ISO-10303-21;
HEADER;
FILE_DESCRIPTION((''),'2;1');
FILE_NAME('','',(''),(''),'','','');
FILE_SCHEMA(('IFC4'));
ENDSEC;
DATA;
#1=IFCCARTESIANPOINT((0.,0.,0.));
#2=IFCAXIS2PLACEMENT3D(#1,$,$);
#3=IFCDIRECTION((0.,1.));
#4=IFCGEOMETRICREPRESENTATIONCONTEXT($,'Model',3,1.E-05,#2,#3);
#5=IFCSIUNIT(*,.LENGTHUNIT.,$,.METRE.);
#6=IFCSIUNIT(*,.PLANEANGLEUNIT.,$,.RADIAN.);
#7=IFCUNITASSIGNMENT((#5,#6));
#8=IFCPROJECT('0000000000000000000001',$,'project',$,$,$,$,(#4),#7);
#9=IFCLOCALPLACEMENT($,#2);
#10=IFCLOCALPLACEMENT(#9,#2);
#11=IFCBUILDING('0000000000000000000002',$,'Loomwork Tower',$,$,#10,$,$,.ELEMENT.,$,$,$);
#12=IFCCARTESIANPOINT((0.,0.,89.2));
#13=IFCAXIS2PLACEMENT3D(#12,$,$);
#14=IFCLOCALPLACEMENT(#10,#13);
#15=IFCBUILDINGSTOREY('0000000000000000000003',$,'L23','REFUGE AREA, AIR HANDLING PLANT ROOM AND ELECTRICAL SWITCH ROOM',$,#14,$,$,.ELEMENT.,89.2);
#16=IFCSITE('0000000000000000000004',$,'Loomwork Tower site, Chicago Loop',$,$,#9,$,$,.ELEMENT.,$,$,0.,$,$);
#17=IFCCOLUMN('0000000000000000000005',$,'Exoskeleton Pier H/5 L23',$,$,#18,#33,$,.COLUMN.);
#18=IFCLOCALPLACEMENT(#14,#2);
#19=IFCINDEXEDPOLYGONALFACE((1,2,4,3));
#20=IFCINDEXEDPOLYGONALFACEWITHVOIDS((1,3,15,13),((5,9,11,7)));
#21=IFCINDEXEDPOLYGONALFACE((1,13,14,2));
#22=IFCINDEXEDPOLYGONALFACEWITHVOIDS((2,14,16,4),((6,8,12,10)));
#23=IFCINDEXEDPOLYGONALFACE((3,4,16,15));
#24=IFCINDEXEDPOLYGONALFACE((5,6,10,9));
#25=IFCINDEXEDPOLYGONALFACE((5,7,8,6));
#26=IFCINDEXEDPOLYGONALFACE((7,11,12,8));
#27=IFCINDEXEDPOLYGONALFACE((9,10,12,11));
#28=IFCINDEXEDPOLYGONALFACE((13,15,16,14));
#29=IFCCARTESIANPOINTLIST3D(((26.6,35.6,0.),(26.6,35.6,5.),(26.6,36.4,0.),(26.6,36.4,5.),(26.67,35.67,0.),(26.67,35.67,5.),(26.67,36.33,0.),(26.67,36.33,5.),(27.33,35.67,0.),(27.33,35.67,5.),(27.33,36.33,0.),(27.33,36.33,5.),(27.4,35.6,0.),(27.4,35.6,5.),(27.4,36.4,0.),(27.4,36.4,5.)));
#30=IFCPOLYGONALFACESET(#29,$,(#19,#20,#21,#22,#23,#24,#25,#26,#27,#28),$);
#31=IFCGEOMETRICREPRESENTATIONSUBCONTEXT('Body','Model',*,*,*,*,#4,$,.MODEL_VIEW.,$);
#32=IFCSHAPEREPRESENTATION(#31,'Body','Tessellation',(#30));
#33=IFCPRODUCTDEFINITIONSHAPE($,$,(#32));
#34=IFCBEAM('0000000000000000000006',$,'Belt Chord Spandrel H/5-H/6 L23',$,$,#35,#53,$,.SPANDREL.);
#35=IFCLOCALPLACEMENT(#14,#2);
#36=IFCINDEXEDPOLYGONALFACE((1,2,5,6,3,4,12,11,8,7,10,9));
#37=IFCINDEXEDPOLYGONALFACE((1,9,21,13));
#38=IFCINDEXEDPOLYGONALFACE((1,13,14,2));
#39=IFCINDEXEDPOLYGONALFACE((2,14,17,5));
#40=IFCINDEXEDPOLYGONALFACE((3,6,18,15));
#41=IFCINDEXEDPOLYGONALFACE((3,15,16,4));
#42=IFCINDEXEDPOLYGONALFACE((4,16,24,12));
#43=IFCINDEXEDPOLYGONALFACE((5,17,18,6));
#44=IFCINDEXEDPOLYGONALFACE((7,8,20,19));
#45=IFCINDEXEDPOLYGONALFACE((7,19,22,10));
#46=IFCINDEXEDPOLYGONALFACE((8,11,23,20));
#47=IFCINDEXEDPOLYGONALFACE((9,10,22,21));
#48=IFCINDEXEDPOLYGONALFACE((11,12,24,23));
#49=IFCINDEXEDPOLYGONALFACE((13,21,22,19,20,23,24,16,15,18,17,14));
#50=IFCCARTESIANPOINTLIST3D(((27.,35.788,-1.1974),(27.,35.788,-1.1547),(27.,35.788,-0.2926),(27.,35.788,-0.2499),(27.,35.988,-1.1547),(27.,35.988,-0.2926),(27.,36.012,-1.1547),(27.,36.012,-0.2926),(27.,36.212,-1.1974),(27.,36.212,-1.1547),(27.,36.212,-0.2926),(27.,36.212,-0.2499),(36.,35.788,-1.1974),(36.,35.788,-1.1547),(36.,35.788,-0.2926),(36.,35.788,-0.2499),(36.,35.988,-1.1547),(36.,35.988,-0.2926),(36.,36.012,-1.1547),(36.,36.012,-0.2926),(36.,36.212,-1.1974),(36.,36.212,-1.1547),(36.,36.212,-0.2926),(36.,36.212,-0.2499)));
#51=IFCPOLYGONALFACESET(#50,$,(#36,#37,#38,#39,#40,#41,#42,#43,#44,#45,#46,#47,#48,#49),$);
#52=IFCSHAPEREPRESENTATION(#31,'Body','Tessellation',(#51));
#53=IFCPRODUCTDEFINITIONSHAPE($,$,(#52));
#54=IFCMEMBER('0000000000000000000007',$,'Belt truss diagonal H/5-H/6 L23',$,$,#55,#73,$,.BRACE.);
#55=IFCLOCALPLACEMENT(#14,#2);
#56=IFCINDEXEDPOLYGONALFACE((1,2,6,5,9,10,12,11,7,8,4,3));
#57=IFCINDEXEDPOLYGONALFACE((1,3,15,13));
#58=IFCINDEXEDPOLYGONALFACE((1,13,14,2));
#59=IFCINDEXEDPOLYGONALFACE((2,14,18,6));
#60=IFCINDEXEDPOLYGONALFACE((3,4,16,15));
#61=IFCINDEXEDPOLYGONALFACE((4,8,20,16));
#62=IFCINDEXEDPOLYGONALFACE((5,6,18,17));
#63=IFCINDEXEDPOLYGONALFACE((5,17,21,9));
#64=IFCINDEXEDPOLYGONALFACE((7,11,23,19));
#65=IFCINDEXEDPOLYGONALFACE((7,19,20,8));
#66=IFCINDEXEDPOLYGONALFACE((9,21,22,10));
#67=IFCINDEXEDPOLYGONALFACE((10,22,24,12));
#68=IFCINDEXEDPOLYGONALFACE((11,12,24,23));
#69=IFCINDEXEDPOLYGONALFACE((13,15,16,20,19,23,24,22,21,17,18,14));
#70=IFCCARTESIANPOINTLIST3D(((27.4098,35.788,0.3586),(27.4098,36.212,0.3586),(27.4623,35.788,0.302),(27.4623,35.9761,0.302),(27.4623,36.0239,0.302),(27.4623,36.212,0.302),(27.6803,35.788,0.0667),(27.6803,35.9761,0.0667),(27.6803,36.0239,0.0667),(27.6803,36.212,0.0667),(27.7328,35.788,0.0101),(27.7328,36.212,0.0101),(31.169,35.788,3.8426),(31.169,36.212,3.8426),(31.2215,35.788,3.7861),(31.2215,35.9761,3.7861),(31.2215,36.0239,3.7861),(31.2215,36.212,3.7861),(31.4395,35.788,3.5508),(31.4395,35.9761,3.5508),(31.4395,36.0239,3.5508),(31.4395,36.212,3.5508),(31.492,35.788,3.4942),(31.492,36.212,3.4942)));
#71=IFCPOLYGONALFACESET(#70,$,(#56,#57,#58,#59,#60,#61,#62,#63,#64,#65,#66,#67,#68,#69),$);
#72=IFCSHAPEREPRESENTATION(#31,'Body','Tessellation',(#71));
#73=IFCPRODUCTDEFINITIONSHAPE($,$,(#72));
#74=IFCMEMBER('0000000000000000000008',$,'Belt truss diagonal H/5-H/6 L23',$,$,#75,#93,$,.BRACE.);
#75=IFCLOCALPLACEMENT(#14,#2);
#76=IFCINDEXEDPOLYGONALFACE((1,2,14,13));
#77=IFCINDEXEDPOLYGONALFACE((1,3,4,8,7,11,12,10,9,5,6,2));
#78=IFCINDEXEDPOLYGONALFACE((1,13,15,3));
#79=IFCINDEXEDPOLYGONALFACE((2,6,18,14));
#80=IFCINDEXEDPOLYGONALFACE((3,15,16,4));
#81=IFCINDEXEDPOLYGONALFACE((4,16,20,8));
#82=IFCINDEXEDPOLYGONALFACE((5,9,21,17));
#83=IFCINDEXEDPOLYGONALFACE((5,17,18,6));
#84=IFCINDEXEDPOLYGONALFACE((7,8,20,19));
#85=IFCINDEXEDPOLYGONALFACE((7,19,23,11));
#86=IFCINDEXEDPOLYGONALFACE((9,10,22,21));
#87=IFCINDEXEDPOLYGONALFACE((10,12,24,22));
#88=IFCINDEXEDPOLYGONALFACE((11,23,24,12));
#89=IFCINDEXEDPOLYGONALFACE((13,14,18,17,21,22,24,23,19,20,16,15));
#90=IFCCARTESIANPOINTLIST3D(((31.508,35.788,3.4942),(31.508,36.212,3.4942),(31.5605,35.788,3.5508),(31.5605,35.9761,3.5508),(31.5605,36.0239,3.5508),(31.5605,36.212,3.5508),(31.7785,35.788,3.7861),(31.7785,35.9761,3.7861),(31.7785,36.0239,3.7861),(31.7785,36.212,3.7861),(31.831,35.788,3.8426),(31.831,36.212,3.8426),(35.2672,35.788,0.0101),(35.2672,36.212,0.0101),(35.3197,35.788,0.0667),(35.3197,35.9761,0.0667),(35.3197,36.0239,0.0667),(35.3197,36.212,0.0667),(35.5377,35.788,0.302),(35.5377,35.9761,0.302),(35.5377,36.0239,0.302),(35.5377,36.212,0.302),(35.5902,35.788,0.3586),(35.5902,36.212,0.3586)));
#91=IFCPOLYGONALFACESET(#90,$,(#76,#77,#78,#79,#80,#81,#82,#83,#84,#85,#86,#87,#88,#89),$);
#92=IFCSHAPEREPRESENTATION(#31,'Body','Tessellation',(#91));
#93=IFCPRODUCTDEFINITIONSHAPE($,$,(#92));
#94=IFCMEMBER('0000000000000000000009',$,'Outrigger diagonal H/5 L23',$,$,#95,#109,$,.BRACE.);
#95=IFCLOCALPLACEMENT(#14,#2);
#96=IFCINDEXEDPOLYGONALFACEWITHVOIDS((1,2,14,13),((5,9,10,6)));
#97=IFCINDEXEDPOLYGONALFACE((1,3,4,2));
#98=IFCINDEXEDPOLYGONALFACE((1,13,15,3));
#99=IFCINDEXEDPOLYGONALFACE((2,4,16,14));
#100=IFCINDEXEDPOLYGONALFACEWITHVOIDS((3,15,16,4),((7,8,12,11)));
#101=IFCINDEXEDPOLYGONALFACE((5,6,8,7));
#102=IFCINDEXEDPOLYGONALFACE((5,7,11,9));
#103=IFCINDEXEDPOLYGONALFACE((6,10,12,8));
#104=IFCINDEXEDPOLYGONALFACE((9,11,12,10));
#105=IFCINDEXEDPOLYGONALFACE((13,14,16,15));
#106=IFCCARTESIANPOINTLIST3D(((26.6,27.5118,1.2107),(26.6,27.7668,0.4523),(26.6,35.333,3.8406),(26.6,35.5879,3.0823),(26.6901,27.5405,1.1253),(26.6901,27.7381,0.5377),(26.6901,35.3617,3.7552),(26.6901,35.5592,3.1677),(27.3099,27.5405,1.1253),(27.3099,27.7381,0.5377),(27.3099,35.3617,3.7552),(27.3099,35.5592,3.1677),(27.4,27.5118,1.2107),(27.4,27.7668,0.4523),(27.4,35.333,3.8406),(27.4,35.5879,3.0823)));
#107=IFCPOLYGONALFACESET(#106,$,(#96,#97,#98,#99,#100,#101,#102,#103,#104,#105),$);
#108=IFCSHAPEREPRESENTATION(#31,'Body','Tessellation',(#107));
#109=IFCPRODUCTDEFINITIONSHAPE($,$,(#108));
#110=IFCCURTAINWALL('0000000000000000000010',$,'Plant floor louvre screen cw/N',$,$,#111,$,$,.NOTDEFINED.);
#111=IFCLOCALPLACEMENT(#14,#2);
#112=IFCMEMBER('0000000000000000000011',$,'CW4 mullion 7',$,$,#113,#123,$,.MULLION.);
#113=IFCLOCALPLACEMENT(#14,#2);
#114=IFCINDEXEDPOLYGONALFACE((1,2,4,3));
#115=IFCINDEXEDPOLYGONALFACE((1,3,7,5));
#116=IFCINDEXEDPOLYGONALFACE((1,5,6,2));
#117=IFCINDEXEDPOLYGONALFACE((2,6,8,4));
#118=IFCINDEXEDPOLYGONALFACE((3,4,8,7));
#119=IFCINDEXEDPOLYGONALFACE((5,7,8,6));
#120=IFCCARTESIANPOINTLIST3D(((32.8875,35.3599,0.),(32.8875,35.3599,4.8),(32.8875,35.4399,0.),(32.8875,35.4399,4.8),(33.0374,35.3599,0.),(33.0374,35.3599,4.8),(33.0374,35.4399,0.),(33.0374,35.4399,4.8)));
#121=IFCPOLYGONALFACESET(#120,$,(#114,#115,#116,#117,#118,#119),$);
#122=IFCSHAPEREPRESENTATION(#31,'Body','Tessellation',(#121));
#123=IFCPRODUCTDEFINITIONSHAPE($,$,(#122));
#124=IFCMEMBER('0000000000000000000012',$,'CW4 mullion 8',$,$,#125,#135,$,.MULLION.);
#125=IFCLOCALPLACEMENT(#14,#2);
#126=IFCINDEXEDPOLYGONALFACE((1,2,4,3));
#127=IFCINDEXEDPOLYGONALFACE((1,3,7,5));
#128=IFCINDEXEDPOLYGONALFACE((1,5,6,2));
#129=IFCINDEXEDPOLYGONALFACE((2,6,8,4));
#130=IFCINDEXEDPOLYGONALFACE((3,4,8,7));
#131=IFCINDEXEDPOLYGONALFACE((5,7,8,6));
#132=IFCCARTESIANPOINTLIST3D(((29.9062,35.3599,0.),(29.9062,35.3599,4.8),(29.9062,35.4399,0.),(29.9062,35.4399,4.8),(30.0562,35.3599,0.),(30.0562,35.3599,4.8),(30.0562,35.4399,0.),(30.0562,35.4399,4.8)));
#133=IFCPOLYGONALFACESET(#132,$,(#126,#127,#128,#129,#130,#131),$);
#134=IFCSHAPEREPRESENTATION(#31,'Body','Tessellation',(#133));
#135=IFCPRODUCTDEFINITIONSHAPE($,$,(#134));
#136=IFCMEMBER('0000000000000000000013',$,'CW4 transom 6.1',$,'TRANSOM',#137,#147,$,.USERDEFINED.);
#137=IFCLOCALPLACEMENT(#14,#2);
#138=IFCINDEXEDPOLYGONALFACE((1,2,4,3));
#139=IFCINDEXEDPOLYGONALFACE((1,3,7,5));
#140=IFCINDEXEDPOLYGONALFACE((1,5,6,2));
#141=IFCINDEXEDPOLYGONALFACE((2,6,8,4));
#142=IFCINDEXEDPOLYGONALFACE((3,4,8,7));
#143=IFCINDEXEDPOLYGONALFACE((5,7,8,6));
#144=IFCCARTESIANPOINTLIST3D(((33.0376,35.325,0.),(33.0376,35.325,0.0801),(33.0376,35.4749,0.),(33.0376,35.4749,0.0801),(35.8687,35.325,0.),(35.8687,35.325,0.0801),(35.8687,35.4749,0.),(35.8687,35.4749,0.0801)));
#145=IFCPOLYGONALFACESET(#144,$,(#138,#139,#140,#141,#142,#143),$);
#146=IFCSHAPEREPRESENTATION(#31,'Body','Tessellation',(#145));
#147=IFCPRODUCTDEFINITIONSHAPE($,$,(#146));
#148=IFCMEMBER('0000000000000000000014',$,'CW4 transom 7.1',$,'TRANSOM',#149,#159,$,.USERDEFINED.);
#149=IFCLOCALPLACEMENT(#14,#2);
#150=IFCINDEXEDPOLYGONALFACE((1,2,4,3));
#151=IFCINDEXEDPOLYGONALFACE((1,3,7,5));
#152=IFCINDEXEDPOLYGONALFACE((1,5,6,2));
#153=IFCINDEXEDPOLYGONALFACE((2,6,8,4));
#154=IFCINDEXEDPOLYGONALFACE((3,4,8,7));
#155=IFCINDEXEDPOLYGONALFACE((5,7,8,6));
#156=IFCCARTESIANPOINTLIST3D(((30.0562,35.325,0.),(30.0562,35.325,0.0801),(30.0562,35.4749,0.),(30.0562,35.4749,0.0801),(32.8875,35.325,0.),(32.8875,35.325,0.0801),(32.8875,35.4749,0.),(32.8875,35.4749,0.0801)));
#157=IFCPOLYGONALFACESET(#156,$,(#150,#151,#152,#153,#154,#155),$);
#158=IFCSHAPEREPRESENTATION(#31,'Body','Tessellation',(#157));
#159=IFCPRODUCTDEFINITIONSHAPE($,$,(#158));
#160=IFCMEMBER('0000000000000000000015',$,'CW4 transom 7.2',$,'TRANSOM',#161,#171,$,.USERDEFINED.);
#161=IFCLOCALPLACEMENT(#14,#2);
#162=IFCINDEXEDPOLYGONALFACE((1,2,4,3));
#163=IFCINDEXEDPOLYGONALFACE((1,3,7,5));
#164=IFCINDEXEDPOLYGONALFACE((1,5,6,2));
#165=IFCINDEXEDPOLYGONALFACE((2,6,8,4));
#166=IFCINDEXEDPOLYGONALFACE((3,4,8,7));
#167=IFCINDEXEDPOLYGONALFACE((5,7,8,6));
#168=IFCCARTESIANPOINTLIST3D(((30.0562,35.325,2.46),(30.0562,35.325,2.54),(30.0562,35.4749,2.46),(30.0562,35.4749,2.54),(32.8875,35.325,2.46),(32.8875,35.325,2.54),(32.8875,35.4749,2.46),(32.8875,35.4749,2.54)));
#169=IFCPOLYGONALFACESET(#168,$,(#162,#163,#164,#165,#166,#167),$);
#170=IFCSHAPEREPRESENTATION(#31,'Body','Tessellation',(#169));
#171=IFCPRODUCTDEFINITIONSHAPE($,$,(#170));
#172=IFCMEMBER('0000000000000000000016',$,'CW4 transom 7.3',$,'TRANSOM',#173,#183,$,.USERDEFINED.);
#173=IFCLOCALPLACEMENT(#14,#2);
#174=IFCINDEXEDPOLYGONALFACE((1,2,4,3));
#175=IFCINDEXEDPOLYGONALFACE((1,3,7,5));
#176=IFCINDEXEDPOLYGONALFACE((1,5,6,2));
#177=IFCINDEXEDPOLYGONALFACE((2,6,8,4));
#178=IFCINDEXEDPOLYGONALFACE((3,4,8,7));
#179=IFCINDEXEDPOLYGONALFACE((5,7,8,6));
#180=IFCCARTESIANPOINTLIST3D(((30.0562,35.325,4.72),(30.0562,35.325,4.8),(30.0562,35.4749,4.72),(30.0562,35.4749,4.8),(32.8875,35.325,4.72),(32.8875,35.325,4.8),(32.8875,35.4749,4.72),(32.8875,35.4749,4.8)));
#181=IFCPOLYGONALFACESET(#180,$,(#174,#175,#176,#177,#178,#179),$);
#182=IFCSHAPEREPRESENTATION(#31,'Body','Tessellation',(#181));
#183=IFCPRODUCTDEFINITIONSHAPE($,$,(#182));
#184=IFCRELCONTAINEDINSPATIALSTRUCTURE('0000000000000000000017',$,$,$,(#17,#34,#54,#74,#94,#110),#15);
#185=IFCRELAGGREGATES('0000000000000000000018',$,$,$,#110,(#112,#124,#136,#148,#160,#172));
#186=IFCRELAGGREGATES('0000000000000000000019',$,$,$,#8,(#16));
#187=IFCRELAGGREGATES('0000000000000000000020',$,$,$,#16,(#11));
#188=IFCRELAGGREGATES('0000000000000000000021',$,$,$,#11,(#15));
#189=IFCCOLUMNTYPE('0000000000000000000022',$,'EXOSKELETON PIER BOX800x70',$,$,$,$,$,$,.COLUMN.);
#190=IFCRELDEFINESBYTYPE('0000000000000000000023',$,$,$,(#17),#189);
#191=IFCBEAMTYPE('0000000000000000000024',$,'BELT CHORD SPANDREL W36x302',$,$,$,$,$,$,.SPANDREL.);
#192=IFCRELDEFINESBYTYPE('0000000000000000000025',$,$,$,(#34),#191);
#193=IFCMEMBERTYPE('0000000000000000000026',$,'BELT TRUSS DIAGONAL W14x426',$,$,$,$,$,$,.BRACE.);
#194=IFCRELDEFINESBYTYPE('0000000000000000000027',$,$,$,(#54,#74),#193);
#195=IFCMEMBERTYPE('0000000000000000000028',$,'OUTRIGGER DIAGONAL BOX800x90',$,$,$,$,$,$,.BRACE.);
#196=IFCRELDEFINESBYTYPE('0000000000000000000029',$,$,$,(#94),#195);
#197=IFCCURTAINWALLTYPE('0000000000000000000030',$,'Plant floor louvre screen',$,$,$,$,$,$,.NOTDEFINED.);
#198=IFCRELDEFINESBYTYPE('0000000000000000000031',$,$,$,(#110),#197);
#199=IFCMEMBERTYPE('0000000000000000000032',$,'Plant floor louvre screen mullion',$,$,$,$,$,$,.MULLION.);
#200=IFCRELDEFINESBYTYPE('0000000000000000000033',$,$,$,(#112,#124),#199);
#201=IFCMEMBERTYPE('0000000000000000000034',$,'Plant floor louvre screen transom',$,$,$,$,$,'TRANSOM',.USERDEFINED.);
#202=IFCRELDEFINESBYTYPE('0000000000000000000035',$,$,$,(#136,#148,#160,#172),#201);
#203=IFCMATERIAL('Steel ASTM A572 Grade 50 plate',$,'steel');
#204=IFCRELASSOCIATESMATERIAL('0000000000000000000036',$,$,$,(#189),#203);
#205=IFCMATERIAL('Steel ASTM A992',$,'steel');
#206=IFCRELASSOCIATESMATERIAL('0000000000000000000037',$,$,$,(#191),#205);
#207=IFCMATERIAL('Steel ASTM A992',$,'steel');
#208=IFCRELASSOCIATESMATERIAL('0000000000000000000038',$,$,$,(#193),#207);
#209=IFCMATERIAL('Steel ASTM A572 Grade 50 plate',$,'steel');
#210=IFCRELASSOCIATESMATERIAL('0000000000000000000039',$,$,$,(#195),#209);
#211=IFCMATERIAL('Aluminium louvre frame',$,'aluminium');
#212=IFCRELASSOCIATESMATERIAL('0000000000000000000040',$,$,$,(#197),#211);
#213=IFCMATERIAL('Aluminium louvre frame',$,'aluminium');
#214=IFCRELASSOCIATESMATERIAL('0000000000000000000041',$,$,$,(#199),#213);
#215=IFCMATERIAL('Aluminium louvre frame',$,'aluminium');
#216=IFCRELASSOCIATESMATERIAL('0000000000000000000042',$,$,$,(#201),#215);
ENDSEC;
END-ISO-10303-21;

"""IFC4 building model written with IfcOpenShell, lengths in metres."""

from ifc_helpers import new_model, si_unit, direction, frame, origin, origin_2d, place, context, subcontext, project, spatial, rectangle, hollow_rectangle, i_section, extrude, material, material_profile, profile_set, type_object, element, aggregate, save


model = new_model("IFC4")

# Units and contexts
model_context = context("Model", 3, precision=1e-05, world=origin(), true_north=direction((0.0, 1.0)))
body_context = subcontext(model_context, "Body", "Model", "MODEL_VIEW")
ifc_project = project(units=[si_unit("LENGTHUNIT", "METRE"), si_unit("PLANEANGLEUNIT", "RADIAN")], contexts=[model_context])

# Site, building, storey
site_placement = place(None, origin())
site = spatial("IfcSite", under=ifc_project, at=site_placement, Name="Loomwork Tower site, Chicago Loop", CompositionType="ELEMENT", RefElevation=0.0)
building_placement = place(site_placement, origin())
building = spatial("IfcBuilding", under=site, at=building_placement, Name="Loomwork Tower", CompositionType="ELEMENT")
storey_placement = place(building_placement, frame((0.0, 0.0, 89.2)))
storey = spatial("IfcBuildingStorey", under=building, at=storey_placement, Name="L23", Description="REFUGE AREA, AIR HANDLING PLANT ROOM AND ELECTRICAL SWITCH ROOM", CompositionType="ELEMENT", Elevation=89.2)

# Column
ifc_material_1 = material(Name="Steel ASTM A572 Grade 50 plate", Category="steel")
ifc_material_profile_1 = material_profile(ifc_material_1, hollow_rectangle(XDim=0.8, YDim=0.8, WallThickness=0.0701, at=origin_2d()), Name="BOX800x70")
ifc_profile_set_1 = profile_set([ifc_material_profile_1], Name="Steel ASTM A572 Grade 50 plate")
column_type = type_object("IfcColumnType", Name="EXOSKELETON PIER BOX800x70", PredefinedType="COLUMN", material=ifc_profile_set_1)
column_placement = place(storey_placement, frame((27.0, 36.0, 0.0), z_axis=(0.0, 0.0, 1.0), x_axis=(1.0, 0.0, 0.0)))
element("IfcColumn", 1, at=column_placement, inside=storey, type_object=column_type, Name="Exoskeleton Pier H/5 L23", PredefinedType="COLUMN", context=body_context, shape_type="SweptSolid", body=[
    extrude(hollow_rectangle(XDim=0.8, YDim=0.8, WallThickness=0.0701, at=origin_2d()), origin(), (0.0, 0.0, 1.0), 5.0),
])

# Beam
ifc_material_2 = material(Name="Steel ASTM A992", Category="steel")
ifc_material_profile_2 = material_profile(ifc_material_2, i_section(OverallWidth=0.4241, OverallDepth=0.9475, WebThickness=0.0239, FlangeThickness=0.0427, at=origin_2d()), Name="W36x302")
ifc_profile_set_2 = profile_set([ifc_material_profile_2], Name="Steel ASTM A992")
beam_type = type_object("IfcBeamType", Name="BELT CHORD SPANDREL W36x302", PredefinedType="SPANDREL", material=ifc_profile_set_2)
beam_placement = place(storey_placement, frame((27.0, 36.0, -0.7236), z_axis=(1.0, 0.0, 0.0), x_axis=(0.0, 1.0, 0.0)))
element("IfcBeam", 2, at=beam_placement, inside=storey, type_object=beam_type, Name="Belt Chord Spandrel H/5-H/6 L23", PredefinedType="SPANDREL", context=body_context, shape_type="SweptSolid", body=[
    extrude(i_section(OverallWidth=0.4241, OverallDepth=0.9475, WebThickness=0.0239, FlangeThickness=0.0427, at=origin_2d()), origin(), (0.0, 0.0, 1.0), 9.0),
])

# Members
ifc_material_3 = material(Name="Steel ASTM A992", Category="steel")
ifc_material_profile_3 = material_profile(ifc_material_3, i_section(OverallWidth=0.4241, OverallDepth=0.4751, WebThickness=0.0479, FlangeThickness=0.0771, at=origin_2d()), Name="W14x426")
ifc_profile_set_3 = profile_set([ifc_material_profile_3], Name="Steel ASTM A992")
member_type_1 = type_object("IfcMemberType", Name="BELT TRUSS DIAGONAL W14x426", PredefinedType="BRACE", material=ifc_profile_set_3)
for number, where, z_axis, x_axis, name in (
    (3, (27.5713, 36.0, 0.1843), (0.733438, 0.0, 0.679757), (0.0, 1.0, 0.0), "Belt truss diagonal H/5-H/6 L23"),
    (4, (35.4287, 36.0, 0.1843), (-0.733438, 0.0, 0.679757), (0.0, -1.0, 0.0), "Belt truss diagonal H/5-H/6 L23"),
):
    element("IfcMember", number, at=place(storey_placement, frame(where, z_axis=z_axis, x_axis=x_axis)), inside=storey, type_object=member_type_1, Name=name, PredefinedType="BRACE", context=body_context, shape_type="SweptSolid", body=[
        extrude(i_section(OverallWidth=0.4241, OverallDepth=0.4751, WebThickness=0.0479, FlangeThickness=0.0771, at=origin_2d()), origin(), (0.0, 0.0, 1.0), 5.1255),
    ])
ifc_material_4 = material(Name="Steel ASTM A572 Grade 50 plate", Category="steel")
ifc_material_profile_4 = material_profile(ifc_material_4, hollow_rectangle(XDim=0.8, YDim=0.8, WallThickness=0.0901, at=origin_2d()), Name="BOX800x90")
ifc_profile_set_4 = profile_set([ifc_material_profile_4], Name="Steel ASTM A572 Grade 50 plate")
member_type_2 = type_object("IfcMemberType", Name="OUTRIGGER DIAGONAL BOX800x90", PredefinedType="BRACE", material=ifc_profile_set_4)
member_1_placement = place(storey_placement, frame((27.0, 35.4604, 3.4614), z_axis=(0.0, -0.947849, -0.318721), x_axis=(1.0, 0.0, 0.0)))
element("IfcMember", 5, at=member_1_placement, inside=storey, type_object=member_type_2, Name="Outrigger diagonal H/5 L23", PredefinedType="BRACE", context=body_context, shape_type="SweptSolid", body=[
    extrude(hollow_rectangle(XDim=0.8, YDim=0.8, WallThickness=0.0901, at=origin_2d()), origin(), (0.0, 0.0, 1.0), 8.2515),
])

# Curtain wall, members
ifc_material_5 = material(Name="Aluminium louvre frame", Category="aluminium")
curtain_wall_type = type_object("IfcCurtainWallType", Name="Plant floor louvre screen", PredefinedType="NOTDEFINED", material=ifc_material_5)
curtain_wall_placement = place(storey_placement, origin())
curtain_wall = element("IfcCurtainWall", 6, at=curtain_wall_placement, inside=storey, type_object=curtain_wall_type, Name="Plant floor louvre screen cw/N", PredefinedType="NOTDEFINED")
ifc_material_6 = material(Name="Aluminium louvre frame", Category="aluminium")
ifc_material_profile_5 = material_profile(ifc_material_6, rectangle(XDim=0.0801, YDim=0.1499, at=origin_2d()), Name="AL 80x150")
ifc_profile_set_5 = profile_set([ifc_material_profile_5], Name="Aluminium louvre frame")
member_type_3 = type_object("IfcMemberType", Name="Plant floor louvre screen mullion", PredefinedType="MULLION", material=ifc_profile_set_5)
member_2_placement = place(storey_placement, frame((32.9624, 35.3999, 0.0), z_axis=(0.0, 0.0, 1.0), x_axis=(0.0, -1.0, 0.0)))
member_2 = element("IfcMember", 7, at=member_2_placement, type_object=member_type_3, Name="CW4 mullion 7", PredefinedType="MULLION", context=body_context, shape_type="SweptSolid", body=[
    extrude(rectangle(XDim=0.0801, YDim=0.1499, at=origin_2d()), origin(), (0.0, 0.0, 1.0), 4.8),
])
member_3_placement = place(storey_placement, frame((29.9812, 35.3999, 0.0), z_axis=(0.0, 0.0, 1.0), x_axis=(0.0, -1.0, 0.0)))
member_3 = element("IfcMember", 8, at=member_3_placement, type_object=member_type_3, Name="CW4 mullion 8", PredefinedType="MULLION", context=body_context, shape_type="SweptSolid", body=[
    extrude(rectangle(XDim=0.0801, YDim=0.1499, at=origin_2d()), origin(), (0.0, 0.0, 1.0), 4.8),
])
ifc_material_7 = material(Name="Aluminium louvre frame", Category="aluminium")
ifc_material_profile_6 = material_profile(ifc_material_7, rectangle(XDim=0.1499, YDim=0.0801, at=origin_2d()), Name="AL 80x150")
ifc_profile_set_6 = profile_set([ifc_material_profile_6], Name="Aluminium louvre frame")
member_type_4 = type_object("IfcMemberType", Name="Plant floor louvre screen transom", ElementType="TRANSOM", PredefinedType="USERDEFINED", material=ifc_profile_set_6)
member_4_placement = place(storey_placement, frame((35.8687, 35.3999, 0.04), z_axis=(-1.0, 0.0, 0.0), x_axis=(0.0, -1.0, 0.0)))
member_4 = element("IfcMember", 9, at=member_4_placement, type_object=member_type_4, Name="CW4 transom 6.1", ObjectType="TRANSOM", PredefinedType="USERDEFINED", context=body_context, shape_type="SweptSolid", body=[
    extrude(rectangle(XDim=0.1499, YDim=0.0801, at=origin_2d()), origin(), (0.0, 0.0, 1.0), 2.8311),
])
member_5_placement = place(storey_placement, frame((32.8875, 35.3999, 0.04), z_axis=(-1.0, 0.0, 0.0), x_axis=(0.0, -1.0, 0.0)))
member_5 = element("IfcMember", 10, at=member_5_placement, type_object=member_type_4, Name="CW4 transom 7.1", ObjectType="TRANSOM", PredefinedType="USERDEFINED", context=body_context, shape_type="SweptSolid", body=[
    extrude(rectangle(XDim=0.1499, YDim=0.0801, at=origin_2d()), origin(), (0.0, 0.0, 1.0), 2.8313),
])
member_6_placement = place(storey_placement, frame((32.8875, 35.3999, 2.5), z_axis=(-1.0, 0.0, 0.0), x_axis=(0.0, -1.0, 0.0)))
member_6 = element("IfcMember", 11, at=member_6_placement, type_object=member_type_4, Name="CW4 transom 7.2", ObjectType="TRANSOM", PredefinedType="USERDEFINED", context=body_context, shape_type="SweptSolid", body=[
    extrude(rectangle(XDim=0.1499, YDim=0.0801, at=origin_2d()), origin(), (0.0, 0.0, 1.0), 2.8313),
])
member_7_placement = place(storey_placement, frame((32.8875, 35.3999, 4.76), z_axis=(-1.0, 0.0, 0.0), x_axis=(0.0, -1.0, 0.0)))
member_7 = element("IfcMember", 12, at=member_7_placement, type_object=member_type_4, Name="CW4 transom 7.3", ObjectType="TRANSOM", PredefinedType="USERDEFINED", context=body_context, shape_type="SweptSolid", body=[
    extrude(rectangle(XDim=0.1499, YDim=0.0801, at=origin_2d()), origin(), (0.0, 0.0, 1.0), 2.8313),
])

aggregate(curtain_wall, [member_2, member_3, member_4, member_5, member_6, member_7])

save(model, "model.ifc")
